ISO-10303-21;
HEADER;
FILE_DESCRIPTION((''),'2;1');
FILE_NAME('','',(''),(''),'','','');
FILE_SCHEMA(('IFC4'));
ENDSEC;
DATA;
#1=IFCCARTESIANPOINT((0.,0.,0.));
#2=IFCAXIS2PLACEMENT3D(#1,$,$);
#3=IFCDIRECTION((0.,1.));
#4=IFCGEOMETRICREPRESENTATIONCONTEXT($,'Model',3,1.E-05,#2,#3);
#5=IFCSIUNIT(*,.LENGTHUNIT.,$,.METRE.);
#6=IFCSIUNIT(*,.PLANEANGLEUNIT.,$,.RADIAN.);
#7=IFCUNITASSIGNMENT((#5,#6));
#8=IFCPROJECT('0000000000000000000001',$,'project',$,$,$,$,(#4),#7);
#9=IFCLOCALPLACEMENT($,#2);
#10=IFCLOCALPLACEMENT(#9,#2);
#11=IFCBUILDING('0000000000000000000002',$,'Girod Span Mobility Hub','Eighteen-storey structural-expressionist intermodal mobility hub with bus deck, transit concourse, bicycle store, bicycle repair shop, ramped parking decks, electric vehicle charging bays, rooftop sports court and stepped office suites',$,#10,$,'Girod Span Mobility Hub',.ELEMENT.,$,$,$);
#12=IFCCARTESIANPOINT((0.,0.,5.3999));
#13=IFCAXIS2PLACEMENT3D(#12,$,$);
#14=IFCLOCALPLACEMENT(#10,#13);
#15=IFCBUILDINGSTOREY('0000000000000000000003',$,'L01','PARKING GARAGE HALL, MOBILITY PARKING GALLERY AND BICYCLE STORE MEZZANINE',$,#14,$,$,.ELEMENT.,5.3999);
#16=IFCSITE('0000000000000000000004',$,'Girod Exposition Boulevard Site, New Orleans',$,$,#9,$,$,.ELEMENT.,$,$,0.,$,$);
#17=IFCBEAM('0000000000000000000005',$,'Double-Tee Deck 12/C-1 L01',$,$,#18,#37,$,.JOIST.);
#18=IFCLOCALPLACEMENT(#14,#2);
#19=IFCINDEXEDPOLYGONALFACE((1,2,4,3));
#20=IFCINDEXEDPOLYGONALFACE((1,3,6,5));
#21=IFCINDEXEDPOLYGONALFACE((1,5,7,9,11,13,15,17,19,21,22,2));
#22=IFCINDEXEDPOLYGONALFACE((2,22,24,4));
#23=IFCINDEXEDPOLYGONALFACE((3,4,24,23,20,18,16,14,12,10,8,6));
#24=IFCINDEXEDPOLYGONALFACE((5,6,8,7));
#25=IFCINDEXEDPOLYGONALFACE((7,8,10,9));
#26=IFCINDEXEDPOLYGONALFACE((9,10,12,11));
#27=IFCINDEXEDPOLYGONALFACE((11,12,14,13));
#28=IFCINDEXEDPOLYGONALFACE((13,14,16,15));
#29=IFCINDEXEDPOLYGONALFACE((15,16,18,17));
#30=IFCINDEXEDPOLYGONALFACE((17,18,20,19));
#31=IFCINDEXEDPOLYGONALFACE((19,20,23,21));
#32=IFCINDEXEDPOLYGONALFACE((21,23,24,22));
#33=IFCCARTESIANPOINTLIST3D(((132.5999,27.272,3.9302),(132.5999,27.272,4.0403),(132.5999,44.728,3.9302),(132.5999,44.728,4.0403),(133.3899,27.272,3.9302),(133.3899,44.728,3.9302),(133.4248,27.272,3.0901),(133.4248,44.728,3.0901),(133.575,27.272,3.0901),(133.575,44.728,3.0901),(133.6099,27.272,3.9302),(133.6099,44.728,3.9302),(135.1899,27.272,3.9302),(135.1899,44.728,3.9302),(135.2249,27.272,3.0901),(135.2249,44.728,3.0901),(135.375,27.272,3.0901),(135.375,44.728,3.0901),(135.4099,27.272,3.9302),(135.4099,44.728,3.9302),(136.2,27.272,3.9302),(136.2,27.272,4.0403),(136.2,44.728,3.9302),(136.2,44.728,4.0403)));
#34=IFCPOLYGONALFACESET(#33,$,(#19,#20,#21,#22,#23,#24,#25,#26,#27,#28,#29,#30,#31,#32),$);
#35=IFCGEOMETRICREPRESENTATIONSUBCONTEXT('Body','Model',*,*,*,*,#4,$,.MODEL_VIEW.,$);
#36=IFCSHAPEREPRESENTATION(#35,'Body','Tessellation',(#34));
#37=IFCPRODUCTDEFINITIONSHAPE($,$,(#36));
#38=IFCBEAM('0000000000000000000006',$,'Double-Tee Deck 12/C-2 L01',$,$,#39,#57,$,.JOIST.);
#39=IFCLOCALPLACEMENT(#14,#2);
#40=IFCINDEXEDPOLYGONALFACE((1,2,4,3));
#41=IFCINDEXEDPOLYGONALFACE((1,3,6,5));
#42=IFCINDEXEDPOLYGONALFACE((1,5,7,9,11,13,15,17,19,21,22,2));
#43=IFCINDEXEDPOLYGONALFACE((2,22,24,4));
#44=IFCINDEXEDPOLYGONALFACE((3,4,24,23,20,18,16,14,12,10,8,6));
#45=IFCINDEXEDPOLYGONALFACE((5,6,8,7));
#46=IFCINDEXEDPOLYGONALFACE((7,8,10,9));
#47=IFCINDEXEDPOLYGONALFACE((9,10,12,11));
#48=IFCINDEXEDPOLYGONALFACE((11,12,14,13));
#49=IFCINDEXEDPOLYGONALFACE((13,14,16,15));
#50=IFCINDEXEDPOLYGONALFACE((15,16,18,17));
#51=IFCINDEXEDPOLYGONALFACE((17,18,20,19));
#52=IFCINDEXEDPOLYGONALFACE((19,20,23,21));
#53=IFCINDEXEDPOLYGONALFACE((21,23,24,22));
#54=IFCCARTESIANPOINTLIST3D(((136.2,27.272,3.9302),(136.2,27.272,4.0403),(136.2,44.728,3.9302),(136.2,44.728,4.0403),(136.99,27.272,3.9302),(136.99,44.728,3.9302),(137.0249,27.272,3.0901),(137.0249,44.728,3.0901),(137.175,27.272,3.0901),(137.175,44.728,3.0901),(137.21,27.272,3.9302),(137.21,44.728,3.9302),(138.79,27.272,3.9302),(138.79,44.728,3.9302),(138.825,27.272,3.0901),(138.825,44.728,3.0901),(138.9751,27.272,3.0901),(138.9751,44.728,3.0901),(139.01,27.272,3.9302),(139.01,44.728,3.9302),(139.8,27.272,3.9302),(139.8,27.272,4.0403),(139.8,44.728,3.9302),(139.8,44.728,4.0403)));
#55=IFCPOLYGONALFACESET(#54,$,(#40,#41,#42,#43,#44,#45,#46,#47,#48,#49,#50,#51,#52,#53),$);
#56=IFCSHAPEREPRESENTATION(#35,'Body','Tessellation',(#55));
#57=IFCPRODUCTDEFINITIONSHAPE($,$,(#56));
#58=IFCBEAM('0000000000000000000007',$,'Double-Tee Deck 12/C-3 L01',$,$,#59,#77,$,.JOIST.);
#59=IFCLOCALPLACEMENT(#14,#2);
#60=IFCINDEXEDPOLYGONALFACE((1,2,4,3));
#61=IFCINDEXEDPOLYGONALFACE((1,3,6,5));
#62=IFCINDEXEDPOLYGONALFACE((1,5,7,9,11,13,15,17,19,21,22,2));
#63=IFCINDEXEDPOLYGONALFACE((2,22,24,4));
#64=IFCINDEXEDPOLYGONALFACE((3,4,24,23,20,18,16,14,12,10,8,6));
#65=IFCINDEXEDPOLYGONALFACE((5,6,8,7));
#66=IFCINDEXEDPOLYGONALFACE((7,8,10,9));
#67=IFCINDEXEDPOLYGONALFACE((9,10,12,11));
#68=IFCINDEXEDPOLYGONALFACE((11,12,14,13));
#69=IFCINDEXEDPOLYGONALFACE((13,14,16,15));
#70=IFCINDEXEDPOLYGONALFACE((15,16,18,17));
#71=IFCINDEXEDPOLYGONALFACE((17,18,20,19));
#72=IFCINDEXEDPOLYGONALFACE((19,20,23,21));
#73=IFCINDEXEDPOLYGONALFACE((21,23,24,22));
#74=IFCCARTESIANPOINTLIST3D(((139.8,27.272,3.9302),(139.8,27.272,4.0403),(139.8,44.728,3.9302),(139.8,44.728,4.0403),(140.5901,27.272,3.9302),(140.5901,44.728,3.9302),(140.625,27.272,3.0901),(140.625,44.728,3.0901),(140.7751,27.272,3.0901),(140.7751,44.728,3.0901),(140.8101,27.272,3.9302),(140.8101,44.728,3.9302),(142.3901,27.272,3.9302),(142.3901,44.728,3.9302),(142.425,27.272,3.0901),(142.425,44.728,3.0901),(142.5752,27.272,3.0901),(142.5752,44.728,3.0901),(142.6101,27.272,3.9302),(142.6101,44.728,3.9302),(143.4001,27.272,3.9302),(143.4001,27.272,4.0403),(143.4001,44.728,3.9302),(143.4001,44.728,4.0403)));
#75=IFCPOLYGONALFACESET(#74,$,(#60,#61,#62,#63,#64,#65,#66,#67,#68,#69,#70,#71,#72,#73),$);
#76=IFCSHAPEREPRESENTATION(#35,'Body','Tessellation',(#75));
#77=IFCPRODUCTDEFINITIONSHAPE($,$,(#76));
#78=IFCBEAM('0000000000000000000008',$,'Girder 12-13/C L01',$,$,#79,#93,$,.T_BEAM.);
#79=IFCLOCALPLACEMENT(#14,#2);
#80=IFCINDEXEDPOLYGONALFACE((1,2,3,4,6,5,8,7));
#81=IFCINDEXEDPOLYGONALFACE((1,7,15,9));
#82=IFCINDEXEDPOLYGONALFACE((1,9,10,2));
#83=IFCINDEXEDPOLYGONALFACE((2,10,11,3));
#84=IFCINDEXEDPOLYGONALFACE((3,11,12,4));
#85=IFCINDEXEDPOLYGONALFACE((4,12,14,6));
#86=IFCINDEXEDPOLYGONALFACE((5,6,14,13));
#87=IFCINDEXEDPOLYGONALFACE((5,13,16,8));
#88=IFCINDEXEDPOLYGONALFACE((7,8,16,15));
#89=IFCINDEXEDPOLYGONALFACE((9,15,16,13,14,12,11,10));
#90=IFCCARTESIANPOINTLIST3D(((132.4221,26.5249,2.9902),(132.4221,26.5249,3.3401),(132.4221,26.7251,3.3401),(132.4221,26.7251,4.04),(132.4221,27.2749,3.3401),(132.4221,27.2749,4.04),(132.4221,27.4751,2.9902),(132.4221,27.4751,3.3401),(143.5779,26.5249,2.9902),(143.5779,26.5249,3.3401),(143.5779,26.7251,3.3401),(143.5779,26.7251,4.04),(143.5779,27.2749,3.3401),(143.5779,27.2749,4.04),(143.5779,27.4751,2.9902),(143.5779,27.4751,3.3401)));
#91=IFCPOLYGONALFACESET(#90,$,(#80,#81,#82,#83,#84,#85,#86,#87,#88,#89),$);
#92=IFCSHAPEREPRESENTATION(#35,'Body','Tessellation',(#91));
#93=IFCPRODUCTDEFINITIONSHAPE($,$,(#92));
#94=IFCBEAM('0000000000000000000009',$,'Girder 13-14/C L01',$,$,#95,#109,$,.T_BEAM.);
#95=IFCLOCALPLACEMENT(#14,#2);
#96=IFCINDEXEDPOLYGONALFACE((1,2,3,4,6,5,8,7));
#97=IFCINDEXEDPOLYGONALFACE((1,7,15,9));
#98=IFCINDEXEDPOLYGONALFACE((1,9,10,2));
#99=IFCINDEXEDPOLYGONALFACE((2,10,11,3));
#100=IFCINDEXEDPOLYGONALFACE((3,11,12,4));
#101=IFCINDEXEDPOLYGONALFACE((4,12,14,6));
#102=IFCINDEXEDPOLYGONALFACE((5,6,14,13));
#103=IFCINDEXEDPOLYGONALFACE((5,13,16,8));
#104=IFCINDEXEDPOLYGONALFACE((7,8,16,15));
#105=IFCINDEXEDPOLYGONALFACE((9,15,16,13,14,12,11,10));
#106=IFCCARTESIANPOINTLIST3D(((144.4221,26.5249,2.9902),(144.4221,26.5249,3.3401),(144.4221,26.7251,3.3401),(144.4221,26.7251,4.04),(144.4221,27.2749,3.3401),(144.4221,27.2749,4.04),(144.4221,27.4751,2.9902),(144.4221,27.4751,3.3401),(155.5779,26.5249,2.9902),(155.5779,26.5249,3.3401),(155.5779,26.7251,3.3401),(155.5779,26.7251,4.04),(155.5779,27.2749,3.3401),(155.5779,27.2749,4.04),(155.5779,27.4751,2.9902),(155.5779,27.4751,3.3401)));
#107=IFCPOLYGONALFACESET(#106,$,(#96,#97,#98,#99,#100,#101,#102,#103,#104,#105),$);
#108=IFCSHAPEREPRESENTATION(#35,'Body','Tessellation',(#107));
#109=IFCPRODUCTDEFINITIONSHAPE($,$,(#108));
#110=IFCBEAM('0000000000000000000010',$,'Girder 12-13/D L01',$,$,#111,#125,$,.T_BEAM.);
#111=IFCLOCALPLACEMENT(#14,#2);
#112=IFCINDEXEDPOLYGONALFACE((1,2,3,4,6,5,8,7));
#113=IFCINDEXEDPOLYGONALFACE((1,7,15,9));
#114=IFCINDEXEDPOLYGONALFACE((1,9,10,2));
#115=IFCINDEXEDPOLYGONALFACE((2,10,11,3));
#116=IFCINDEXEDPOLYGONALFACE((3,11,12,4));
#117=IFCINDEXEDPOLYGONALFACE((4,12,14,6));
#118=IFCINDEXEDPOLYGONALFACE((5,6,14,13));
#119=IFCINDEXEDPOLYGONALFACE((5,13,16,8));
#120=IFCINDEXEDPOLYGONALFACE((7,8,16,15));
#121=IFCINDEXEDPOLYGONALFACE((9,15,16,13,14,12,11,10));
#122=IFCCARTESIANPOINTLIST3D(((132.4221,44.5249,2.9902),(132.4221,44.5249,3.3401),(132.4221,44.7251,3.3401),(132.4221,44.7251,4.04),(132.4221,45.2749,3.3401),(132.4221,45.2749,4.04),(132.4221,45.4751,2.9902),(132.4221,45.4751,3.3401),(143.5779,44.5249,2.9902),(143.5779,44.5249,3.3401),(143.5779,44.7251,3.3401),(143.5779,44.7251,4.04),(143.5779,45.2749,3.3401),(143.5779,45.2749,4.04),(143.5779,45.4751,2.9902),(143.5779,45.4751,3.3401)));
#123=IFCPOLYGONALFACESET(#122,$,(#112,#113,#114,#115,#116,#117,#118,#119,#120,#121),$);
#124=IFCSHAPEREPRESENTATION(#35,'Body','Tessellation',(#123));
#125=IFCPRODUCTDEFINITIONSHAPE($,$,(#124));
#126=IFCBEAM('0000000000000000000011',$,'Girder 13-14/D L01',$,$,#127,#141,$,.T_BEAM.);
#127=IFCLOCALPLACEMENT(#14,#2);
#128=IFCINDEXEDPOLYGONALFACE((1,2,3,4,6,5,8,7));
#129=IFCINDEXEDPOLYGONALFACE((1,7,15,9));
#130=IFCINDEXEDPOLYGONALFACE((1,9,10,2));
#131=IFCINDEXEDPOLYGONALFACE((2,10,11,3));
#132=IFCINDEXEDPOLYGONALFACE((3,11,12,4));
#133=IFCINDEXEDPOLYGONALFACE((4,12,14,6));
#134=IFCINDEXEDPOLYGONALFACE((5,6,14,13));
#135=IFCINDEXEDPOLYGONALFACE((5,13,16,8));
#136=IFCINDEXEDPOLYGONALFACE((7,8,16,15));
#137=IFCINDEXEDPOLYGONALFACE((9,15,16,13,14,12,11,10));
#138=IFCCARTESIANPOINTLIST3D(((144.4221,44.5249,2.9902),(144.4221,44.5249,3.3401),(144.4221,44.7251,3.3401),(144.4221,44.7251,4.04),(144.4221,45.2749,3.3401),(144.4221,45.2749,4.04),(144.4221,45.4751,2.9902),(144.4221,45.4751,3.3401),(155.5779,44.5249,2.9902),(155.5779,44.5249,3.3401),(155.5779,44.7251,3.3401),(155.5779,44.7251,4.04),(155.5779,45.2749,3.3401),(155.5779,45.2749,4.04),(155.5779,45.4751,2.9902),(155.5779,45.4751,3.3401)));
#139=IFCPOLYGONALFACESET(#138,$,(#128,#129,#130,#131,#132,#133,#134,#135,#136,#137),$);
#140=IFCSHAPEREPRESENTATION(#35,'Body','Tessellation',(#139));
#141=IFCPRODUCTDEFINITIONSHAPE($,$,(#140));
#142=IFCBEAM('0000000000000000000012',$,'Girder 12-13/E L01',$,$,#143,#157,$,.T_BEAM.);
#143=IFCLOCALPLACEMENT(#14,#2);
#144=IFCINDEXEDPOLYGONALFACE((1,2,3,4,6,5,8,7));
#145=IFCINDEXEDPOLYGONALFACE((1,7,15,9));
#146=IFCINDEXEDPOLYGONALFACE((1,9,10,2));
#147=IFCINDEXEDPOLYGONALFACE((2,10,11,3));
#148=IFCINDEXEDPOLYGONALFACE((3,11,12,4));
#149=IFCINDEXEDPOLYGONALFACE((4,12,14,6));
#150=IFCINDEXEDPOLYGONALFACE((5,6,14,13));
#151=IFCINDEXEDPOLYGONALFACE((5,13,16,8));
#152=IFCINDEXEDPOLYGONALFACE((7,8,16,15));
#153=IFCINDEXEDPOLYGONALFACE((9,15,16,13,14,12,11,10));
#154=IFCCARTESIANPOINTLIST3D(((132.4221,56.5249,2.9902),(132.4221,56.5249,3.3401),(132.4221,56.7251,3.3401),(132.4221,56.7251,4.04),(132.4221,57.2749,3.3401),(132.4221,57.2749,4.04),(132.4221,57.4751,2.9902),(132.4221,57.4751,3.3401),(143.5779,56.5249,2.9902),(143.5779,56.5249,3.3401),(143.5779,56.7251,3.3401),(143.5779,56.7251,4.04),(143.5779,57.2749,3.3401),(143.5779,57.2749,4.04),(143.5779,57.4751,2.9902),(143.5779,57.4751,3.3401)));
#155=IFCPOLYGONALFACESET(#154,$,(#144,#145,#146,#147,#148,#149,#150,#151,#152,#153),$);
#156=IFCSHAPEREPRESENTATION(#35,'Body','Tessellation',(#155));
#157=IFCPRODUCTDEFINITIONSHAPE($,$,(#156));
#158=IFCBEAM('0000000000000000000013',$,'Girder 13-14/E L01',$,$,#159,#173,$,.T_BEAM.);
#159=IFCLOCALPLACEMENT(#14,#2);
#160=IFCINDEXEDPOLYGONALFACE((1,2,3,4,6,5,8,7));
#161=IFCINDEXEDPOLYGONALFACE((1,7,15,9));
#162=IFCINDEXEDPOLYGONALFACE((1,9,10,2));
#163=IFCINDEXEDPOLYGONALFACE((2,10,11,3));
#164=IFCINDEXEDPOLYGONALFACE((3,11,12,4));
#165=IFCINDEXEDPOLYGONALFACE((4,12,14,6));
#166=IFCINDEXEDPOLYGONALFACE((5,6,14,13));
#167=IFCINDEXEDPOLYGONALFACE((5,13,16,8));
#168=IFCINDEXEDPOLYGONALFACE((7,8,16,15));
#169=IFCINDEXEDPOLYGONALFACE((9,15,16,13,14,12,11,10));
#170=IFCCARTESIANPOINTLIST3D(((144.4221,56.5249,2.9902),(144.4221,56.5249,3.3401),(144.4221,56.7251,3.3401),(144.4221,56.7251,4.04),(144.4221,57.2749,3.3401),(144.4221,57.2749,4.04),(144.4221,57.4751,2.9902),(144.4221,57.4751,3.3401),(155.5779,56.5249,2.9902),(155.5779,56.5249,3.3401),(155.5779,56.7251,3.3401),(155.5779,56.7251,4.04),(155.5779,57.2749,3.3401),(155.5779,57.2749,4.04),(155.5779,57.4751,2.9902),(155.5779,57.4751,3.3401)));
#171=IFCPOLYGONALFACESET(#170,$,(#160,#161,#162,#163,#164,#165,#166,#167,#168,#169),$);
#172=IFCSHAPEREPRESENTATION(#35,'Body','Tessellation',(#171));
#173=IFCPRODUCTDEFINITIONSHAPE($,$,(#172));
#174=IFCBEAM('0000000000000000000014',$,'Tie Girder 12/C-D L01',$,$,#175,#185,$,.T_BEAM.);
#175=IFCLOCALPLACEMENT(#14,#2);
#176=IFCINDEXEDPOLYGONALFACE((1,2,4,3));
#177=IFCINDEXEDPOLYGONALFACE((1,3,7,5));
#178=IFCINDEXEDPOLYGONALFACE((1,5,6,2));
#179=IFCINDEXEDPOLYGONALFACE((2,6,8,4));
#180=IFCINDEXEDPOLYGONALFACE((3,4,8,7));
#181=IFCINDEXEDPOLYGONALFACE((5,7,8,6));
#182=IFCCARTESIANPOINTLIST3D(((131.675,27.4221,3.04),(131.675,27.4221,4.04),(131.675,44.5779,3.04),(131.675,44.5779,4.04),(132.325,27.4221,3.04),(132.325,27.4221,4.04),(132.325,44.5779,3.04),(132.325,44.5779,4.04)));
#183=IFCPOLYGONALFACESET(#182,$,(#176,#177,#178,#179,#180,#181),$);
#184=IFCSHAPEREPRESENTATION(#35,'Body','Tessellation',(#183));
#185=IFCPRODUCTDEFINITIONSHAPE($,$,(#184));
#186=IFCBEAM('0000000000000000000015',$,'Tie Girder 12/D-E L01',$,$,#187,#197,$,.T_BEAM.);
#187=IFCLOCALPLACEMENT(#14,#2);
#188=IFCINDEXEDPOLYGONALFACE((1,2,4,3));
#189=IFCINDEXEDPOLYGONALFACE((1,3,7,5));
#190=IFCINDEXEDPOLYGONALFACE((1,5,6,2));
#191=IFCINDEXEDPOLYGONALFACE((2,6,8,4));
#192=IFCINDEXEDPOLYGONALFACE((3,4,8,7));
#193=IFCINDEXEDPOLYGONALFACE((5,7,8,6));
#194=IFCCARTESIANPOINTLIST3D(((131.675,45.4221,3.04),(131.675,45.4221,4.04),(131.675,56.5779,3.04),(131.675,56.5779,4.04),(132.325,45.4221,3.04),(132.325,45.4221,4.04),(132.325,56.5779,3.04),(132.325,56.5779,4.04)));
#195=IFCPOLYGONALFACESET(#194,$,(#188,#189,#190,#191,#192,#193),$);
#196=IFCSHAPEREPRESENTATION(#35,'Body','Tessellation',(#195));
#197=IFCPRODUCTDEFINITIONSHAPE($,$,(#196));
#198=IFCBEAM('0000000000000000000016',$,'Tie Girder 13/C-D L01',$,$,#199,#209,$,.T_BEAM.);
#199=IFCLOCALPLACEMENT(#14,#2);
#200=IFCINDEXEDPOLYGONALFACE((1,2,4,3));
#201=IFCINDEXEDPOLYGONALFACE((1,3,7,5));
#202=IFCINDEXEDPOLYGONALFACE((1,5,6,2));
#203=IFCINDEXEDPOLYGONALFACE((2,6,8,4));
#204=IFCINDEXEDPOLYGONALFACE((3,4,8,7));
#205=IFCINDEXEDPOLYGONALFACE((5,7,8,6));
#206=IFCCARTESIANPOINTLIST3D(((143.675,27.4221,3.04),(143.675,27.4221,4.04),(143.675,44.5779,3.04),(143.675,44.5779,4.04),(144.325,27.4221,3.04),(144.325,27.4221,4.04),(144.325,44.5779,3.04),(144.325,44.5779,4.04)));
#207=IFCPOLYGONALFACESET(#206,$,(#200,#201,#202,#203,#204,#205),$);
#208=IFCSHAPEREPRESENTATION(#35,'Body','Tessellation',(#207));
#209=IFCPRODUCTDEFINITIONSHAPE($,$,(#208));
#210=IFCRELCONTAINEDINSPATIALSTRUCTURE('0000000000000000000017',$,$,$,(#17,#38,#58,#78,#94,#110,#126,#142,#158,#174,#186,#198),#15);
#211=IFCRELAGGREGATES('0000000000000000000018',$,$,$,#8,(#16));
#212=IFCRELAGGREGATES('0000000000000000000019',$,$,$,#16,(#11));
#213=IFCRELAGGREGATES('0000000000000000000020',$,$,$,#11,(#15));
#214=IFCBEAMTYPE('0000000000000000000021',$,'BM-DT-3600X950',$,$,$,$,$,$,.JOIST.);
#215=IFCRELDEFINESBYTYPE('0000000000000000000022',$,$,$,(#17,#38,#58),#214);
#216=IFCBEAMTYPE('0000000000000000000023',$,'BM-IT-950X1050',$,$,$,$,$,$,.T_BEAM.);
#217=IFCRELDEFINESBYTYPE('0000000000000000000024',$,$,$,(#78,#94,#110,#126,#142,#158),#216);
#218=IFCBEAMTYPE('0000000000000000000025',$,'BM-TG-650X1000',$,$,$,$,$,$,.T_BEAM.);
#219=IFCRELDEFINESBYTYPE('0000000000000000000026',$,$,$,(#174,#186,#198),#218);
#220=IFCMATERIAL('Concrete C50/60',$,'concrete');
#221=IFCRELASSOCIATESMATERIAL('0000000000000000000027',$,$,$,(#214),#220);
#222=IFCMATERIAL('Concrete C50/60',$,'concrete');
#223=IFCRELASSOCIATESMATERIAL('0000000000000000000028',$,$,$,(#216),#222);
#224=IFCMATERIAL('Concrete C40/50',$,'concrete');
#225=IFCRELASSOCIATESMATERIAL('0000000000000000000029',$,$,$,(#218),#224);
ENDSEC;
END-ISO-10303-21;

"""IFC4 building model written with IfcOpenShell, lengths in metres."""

from ifc_helpers import new_model, si_unit, direction, frame, origin, origin_2d, place, context, subcontext, project, spatial, polyline, rectangle, outline, extrude, material, material_profile, profile_set, type_object, element, save


model = new_model("IFC4")

# Units and contexts
model_context = context("Model", 3, precision=1e-05, world=origin(), true_north=direction((0.0, 1.0)))
body_context = subcontext(model_context, "Body", "Model", "MODEL_VIEW")
ifc_project = project(units=[si_unit("LENGTHUNIT", "METRE"), si_unit("PLANEANGLEUNIT", "RADIAN")], contexts=[model_context])

# Site, building, storey
site_placement = place(None, origin())
site = spatial("IfcSite", under=ifc_project, at=site_placement, Name="Girod Exposition Boulevard Site, New Orleans", CompositionType="ELEMENT", RefElevation=0.0)
building_placement = place(site_placement, origin())
building = spatial("IfcBuilding", under=site, at=building_placement, Name="Girod Span Mobility Hub", Description="Eighteen-storey structural-expressionist intermodal mobility hub with bus deck, transit concourse, bicycle store, bicycle repair shop, ramped parking decks, electric vehicle charging bays, rooftop sports court and stepped office suites", LongName="Girod Span Mobility Hub", CompositionType="ELEMENT")
storey_placement = place(building_placement, frame((0.0, 0.0, 5.3999)))
storey = spatial("IfcBuildingStorey", under=building, at=storey_placement, Name="L01", Description="PARKING GARAGE HALL, MOBILITY PARKING GALLERY AND BICYCLE STORE MEZZANINE", CompositionType="ELEMENT", Elevation=5.3999)

# Beams
ifc_material_1 = material(Name="Concrete C50/60", Category="concrete")
ifc_material_profile_1 = material_profile(ifc_material_1, outline(polyline([(-1.8, 0.4751), (-1.8, 0.365), (-1.01, 0.365), (-0.9751, -0.4751), (-0.825, -0.4751), (-0.79, 0.365), (0.79, 0.365), (0.825, -0.4751), (0.9751, -0.4751), (1.01, 0.365), (1.8, 0.365), (1.8, 0.4751), (-1.8, 0.4751)])), Name="DT-3600X950")
ifc_profile_set_1 = profile_set([ifc_material_profile_1], Name="Concrete C50/60")
beam_type_1 = type_object("IfcBeamType", Name="BM-DT-3600X950", PredefinedType="JOIST", material=ifc_profile_set_1)
for number, where, z_axis, x_axis, name in (
    (1, (134.3999, 27.272, 3.5652), (0.0, 1.0, 0.0), (-1.0, 0.0, 0.0), "Double-Tee Deck 12/C-1 L01"),
    (2, (138.0, 27.272, 3.5652), (0.0, 1.0, 0.0), (-1.0, 0.0, 0.0), "Double-Tee Deck 12/C-2 L01"),
    (3, (141.6001, 27.272, 3.5652), (0.0, 1.0, 0.0), (-1.0, 0.0, 0.0), "Double-Tee Deck 12/C-3 L01"),
):
    element("IfcBeam", number, at=place(storey_placement, frame(where, z_axis=z_axis, x_axis=x_axis)), inside=storey, type_object=beam_type_1, Name=name, PredefinedType="JOIST", context=body_context, shape_type="SweptSolid", body=[
        extrude(outline(polyline([(-1.8, 0.4751), (-1.8, 0.365), (-1.01, 0.365), (-0.9751, -0.4751), (-0.825, -0.4751), (-0.79, 0.365), (0.79, 0.365), (0.825, -0.4751), (0.9751, -0.4751), (1.01, 0.365), (1.8, 0.365), (1.8, 0.4751), (-1.8, 0.4751)])), origin(), (0.0, 0.0, 1.0), 17.4561),
    ])
ifc_material_2 = material(Name="Concrete C50/60", Category="concrete")
ifc_material_profile_2 = material_profile(ifc_material_2, outline(polyline([(-0.4751, -0.5249), (0.4751, -0.5249), (0.4751, -0.175), (0.2749, -0.175), (0.2749, 0.5249), (-0.2749, 0.5249), (-0.2749, -0.175), (-0.4751, -0.175), (-0.4751, -0.5249)])), Name="IT-950X1050")
ifc_profile_set_2 = profile_set([ifc_material_profile_2], Name="Concrete C50/60")
beam_type_2 = type_object("IfcBeamType", Name="BM-IT-950X1050", PredefinedType="T_BEAM", material=ifc_profile_set_2)
for number, where, z_axis, x_axis, name in (
    (4, (132.4221, 27.0, 3.5151), (1.0, 0.0, 0.0), (0.0, 1.0, 0.0), "Girder 12-13/C L01"),
    (5, (144.4221, 27.0, 3.5151), (1.0, 0.0, 0.0), (0.0, 1.0, 0.0), "Girder 13-14/C L01"),
    (6, (132.4221, 45.0, 3.5151), (1.0, 0.0, 0.0), (0.0, 1.0, 0.0), "Girder 12-13/D L01"),
    (7, (144.4221, 45.0, 3.5151), (1.0, 0.0, 0.0), (0.0, 1.0, 0.0), "Girder 13-14/D L01"),
    (8, (132.4221, 57.0, 3.5151), (1.0, 0.0, 0.0), (0.0, 1.0, 0.0), "Girder 12-13/E L01"),
    (9, (144.4221, 57.0, 3.5151), (1.0, 0.0, 0.0), (0.0, 1.0, 0.0), "Girder 13-14/E L01"),
):
    element("IfcBeam", number, at=place(storey_placement, frame(where, z_axis=z_axis, x_axis=x_axis)), inside=storey, type_object=beam_type_2, Name=name, PredefinedType="T_BEAM", context=body_context, shape_type="SweptSolid", body=[
        extrude(outline(polyline([(-0.4751, -0.5249), (0.4751, -0.5249), (0.4751, -0.175), (0.2749, -0.175), (0.2749, 0.5249), (-0.2749, 0.5249), (-0.2749, -0.175), (-0.4751, -0.175), (-0.4751, -0.5249)])), origin(), (0.0, 0.0, 1.0), 11.1558),
    ])
ifc_material_3 = material(Name="Concrete C40/50", Category="concrete")
ifc_material_profile_3 = material_profile(ifc_material_3, rectangle(XDim=0.6499, YDim=1.0, at=origin_2d()), Name="TG-650X1000")
ifc_profile_set_3 = profile_set([ifc_material_profile_3], Name="Concrete C40/50")
beam_type_3 = type_object("IfcBeamType", Name="BM-TG-650X1000", PredefinedType="T_BEAM", material=ifc_profile_set_3)
beam_1_placement = place(storey_placement, frame((132.0, 27.4221, 3.54), z_axis=(0.0, 1.0, 0.0), x_axis=(-1.0, 0.0, 0.0)))
element("IfcBeam", 10, at=beam_1_placement, inside=storey, type_object=beam_type_3, Name="Tie Girder 12/C-D L01", PredefinedType="T_BEAM", context=body_context, shape_type="SweptSolid", body=[
    extrude(rectangle(XDim=0.6499, YDim=1.0, at=origin_2d()), origin(), (0.0, 0.0, 1.0), 17.1558),
])
beam_2_placement = place(storey_placement, frame((132.0, 45.4221, 3.54), z_axis=(0.0, 1.0, 0.0), x_axis=(-1.0, 0.0, 0.0)))
element("IfcBeam", 11, at=beam_2_placement, inside=storey, type_object=beam_type_3, Name="Tie Girder 12/D-E L01", PredefinedType="T_BEAM", context=body_context, shape_type="SweptSolid", body=[
    extrude(rectangle(XDim=0.6499, YDim=1.0, at=origin_2d()), origin(), (0.0, 0.0, 1.0), 11.1558),
])
beam_3_placement = place(storey_placement, frame((144.0, 27.4221, 3.54), z_axis=(0.0, 1.0, 0.0), x_axis=(-1.0, 0.0, 0.0)))
element("IfcBeam", 12, at=beam_3_placement, inside=storey, type_object=beam_type_3, Name="Tie Girder 13/C-D L01", PredefinedType="T_BEAM", context=body_context, shape_type="SweptSolid", body=[
    extrude(rectangle(XDim=0.6499, YDim=1.0, at=origin_2d()), origin(), (0.0, 0.0, 1.0), 17.1558),
])

save(model, "model.ifc")
